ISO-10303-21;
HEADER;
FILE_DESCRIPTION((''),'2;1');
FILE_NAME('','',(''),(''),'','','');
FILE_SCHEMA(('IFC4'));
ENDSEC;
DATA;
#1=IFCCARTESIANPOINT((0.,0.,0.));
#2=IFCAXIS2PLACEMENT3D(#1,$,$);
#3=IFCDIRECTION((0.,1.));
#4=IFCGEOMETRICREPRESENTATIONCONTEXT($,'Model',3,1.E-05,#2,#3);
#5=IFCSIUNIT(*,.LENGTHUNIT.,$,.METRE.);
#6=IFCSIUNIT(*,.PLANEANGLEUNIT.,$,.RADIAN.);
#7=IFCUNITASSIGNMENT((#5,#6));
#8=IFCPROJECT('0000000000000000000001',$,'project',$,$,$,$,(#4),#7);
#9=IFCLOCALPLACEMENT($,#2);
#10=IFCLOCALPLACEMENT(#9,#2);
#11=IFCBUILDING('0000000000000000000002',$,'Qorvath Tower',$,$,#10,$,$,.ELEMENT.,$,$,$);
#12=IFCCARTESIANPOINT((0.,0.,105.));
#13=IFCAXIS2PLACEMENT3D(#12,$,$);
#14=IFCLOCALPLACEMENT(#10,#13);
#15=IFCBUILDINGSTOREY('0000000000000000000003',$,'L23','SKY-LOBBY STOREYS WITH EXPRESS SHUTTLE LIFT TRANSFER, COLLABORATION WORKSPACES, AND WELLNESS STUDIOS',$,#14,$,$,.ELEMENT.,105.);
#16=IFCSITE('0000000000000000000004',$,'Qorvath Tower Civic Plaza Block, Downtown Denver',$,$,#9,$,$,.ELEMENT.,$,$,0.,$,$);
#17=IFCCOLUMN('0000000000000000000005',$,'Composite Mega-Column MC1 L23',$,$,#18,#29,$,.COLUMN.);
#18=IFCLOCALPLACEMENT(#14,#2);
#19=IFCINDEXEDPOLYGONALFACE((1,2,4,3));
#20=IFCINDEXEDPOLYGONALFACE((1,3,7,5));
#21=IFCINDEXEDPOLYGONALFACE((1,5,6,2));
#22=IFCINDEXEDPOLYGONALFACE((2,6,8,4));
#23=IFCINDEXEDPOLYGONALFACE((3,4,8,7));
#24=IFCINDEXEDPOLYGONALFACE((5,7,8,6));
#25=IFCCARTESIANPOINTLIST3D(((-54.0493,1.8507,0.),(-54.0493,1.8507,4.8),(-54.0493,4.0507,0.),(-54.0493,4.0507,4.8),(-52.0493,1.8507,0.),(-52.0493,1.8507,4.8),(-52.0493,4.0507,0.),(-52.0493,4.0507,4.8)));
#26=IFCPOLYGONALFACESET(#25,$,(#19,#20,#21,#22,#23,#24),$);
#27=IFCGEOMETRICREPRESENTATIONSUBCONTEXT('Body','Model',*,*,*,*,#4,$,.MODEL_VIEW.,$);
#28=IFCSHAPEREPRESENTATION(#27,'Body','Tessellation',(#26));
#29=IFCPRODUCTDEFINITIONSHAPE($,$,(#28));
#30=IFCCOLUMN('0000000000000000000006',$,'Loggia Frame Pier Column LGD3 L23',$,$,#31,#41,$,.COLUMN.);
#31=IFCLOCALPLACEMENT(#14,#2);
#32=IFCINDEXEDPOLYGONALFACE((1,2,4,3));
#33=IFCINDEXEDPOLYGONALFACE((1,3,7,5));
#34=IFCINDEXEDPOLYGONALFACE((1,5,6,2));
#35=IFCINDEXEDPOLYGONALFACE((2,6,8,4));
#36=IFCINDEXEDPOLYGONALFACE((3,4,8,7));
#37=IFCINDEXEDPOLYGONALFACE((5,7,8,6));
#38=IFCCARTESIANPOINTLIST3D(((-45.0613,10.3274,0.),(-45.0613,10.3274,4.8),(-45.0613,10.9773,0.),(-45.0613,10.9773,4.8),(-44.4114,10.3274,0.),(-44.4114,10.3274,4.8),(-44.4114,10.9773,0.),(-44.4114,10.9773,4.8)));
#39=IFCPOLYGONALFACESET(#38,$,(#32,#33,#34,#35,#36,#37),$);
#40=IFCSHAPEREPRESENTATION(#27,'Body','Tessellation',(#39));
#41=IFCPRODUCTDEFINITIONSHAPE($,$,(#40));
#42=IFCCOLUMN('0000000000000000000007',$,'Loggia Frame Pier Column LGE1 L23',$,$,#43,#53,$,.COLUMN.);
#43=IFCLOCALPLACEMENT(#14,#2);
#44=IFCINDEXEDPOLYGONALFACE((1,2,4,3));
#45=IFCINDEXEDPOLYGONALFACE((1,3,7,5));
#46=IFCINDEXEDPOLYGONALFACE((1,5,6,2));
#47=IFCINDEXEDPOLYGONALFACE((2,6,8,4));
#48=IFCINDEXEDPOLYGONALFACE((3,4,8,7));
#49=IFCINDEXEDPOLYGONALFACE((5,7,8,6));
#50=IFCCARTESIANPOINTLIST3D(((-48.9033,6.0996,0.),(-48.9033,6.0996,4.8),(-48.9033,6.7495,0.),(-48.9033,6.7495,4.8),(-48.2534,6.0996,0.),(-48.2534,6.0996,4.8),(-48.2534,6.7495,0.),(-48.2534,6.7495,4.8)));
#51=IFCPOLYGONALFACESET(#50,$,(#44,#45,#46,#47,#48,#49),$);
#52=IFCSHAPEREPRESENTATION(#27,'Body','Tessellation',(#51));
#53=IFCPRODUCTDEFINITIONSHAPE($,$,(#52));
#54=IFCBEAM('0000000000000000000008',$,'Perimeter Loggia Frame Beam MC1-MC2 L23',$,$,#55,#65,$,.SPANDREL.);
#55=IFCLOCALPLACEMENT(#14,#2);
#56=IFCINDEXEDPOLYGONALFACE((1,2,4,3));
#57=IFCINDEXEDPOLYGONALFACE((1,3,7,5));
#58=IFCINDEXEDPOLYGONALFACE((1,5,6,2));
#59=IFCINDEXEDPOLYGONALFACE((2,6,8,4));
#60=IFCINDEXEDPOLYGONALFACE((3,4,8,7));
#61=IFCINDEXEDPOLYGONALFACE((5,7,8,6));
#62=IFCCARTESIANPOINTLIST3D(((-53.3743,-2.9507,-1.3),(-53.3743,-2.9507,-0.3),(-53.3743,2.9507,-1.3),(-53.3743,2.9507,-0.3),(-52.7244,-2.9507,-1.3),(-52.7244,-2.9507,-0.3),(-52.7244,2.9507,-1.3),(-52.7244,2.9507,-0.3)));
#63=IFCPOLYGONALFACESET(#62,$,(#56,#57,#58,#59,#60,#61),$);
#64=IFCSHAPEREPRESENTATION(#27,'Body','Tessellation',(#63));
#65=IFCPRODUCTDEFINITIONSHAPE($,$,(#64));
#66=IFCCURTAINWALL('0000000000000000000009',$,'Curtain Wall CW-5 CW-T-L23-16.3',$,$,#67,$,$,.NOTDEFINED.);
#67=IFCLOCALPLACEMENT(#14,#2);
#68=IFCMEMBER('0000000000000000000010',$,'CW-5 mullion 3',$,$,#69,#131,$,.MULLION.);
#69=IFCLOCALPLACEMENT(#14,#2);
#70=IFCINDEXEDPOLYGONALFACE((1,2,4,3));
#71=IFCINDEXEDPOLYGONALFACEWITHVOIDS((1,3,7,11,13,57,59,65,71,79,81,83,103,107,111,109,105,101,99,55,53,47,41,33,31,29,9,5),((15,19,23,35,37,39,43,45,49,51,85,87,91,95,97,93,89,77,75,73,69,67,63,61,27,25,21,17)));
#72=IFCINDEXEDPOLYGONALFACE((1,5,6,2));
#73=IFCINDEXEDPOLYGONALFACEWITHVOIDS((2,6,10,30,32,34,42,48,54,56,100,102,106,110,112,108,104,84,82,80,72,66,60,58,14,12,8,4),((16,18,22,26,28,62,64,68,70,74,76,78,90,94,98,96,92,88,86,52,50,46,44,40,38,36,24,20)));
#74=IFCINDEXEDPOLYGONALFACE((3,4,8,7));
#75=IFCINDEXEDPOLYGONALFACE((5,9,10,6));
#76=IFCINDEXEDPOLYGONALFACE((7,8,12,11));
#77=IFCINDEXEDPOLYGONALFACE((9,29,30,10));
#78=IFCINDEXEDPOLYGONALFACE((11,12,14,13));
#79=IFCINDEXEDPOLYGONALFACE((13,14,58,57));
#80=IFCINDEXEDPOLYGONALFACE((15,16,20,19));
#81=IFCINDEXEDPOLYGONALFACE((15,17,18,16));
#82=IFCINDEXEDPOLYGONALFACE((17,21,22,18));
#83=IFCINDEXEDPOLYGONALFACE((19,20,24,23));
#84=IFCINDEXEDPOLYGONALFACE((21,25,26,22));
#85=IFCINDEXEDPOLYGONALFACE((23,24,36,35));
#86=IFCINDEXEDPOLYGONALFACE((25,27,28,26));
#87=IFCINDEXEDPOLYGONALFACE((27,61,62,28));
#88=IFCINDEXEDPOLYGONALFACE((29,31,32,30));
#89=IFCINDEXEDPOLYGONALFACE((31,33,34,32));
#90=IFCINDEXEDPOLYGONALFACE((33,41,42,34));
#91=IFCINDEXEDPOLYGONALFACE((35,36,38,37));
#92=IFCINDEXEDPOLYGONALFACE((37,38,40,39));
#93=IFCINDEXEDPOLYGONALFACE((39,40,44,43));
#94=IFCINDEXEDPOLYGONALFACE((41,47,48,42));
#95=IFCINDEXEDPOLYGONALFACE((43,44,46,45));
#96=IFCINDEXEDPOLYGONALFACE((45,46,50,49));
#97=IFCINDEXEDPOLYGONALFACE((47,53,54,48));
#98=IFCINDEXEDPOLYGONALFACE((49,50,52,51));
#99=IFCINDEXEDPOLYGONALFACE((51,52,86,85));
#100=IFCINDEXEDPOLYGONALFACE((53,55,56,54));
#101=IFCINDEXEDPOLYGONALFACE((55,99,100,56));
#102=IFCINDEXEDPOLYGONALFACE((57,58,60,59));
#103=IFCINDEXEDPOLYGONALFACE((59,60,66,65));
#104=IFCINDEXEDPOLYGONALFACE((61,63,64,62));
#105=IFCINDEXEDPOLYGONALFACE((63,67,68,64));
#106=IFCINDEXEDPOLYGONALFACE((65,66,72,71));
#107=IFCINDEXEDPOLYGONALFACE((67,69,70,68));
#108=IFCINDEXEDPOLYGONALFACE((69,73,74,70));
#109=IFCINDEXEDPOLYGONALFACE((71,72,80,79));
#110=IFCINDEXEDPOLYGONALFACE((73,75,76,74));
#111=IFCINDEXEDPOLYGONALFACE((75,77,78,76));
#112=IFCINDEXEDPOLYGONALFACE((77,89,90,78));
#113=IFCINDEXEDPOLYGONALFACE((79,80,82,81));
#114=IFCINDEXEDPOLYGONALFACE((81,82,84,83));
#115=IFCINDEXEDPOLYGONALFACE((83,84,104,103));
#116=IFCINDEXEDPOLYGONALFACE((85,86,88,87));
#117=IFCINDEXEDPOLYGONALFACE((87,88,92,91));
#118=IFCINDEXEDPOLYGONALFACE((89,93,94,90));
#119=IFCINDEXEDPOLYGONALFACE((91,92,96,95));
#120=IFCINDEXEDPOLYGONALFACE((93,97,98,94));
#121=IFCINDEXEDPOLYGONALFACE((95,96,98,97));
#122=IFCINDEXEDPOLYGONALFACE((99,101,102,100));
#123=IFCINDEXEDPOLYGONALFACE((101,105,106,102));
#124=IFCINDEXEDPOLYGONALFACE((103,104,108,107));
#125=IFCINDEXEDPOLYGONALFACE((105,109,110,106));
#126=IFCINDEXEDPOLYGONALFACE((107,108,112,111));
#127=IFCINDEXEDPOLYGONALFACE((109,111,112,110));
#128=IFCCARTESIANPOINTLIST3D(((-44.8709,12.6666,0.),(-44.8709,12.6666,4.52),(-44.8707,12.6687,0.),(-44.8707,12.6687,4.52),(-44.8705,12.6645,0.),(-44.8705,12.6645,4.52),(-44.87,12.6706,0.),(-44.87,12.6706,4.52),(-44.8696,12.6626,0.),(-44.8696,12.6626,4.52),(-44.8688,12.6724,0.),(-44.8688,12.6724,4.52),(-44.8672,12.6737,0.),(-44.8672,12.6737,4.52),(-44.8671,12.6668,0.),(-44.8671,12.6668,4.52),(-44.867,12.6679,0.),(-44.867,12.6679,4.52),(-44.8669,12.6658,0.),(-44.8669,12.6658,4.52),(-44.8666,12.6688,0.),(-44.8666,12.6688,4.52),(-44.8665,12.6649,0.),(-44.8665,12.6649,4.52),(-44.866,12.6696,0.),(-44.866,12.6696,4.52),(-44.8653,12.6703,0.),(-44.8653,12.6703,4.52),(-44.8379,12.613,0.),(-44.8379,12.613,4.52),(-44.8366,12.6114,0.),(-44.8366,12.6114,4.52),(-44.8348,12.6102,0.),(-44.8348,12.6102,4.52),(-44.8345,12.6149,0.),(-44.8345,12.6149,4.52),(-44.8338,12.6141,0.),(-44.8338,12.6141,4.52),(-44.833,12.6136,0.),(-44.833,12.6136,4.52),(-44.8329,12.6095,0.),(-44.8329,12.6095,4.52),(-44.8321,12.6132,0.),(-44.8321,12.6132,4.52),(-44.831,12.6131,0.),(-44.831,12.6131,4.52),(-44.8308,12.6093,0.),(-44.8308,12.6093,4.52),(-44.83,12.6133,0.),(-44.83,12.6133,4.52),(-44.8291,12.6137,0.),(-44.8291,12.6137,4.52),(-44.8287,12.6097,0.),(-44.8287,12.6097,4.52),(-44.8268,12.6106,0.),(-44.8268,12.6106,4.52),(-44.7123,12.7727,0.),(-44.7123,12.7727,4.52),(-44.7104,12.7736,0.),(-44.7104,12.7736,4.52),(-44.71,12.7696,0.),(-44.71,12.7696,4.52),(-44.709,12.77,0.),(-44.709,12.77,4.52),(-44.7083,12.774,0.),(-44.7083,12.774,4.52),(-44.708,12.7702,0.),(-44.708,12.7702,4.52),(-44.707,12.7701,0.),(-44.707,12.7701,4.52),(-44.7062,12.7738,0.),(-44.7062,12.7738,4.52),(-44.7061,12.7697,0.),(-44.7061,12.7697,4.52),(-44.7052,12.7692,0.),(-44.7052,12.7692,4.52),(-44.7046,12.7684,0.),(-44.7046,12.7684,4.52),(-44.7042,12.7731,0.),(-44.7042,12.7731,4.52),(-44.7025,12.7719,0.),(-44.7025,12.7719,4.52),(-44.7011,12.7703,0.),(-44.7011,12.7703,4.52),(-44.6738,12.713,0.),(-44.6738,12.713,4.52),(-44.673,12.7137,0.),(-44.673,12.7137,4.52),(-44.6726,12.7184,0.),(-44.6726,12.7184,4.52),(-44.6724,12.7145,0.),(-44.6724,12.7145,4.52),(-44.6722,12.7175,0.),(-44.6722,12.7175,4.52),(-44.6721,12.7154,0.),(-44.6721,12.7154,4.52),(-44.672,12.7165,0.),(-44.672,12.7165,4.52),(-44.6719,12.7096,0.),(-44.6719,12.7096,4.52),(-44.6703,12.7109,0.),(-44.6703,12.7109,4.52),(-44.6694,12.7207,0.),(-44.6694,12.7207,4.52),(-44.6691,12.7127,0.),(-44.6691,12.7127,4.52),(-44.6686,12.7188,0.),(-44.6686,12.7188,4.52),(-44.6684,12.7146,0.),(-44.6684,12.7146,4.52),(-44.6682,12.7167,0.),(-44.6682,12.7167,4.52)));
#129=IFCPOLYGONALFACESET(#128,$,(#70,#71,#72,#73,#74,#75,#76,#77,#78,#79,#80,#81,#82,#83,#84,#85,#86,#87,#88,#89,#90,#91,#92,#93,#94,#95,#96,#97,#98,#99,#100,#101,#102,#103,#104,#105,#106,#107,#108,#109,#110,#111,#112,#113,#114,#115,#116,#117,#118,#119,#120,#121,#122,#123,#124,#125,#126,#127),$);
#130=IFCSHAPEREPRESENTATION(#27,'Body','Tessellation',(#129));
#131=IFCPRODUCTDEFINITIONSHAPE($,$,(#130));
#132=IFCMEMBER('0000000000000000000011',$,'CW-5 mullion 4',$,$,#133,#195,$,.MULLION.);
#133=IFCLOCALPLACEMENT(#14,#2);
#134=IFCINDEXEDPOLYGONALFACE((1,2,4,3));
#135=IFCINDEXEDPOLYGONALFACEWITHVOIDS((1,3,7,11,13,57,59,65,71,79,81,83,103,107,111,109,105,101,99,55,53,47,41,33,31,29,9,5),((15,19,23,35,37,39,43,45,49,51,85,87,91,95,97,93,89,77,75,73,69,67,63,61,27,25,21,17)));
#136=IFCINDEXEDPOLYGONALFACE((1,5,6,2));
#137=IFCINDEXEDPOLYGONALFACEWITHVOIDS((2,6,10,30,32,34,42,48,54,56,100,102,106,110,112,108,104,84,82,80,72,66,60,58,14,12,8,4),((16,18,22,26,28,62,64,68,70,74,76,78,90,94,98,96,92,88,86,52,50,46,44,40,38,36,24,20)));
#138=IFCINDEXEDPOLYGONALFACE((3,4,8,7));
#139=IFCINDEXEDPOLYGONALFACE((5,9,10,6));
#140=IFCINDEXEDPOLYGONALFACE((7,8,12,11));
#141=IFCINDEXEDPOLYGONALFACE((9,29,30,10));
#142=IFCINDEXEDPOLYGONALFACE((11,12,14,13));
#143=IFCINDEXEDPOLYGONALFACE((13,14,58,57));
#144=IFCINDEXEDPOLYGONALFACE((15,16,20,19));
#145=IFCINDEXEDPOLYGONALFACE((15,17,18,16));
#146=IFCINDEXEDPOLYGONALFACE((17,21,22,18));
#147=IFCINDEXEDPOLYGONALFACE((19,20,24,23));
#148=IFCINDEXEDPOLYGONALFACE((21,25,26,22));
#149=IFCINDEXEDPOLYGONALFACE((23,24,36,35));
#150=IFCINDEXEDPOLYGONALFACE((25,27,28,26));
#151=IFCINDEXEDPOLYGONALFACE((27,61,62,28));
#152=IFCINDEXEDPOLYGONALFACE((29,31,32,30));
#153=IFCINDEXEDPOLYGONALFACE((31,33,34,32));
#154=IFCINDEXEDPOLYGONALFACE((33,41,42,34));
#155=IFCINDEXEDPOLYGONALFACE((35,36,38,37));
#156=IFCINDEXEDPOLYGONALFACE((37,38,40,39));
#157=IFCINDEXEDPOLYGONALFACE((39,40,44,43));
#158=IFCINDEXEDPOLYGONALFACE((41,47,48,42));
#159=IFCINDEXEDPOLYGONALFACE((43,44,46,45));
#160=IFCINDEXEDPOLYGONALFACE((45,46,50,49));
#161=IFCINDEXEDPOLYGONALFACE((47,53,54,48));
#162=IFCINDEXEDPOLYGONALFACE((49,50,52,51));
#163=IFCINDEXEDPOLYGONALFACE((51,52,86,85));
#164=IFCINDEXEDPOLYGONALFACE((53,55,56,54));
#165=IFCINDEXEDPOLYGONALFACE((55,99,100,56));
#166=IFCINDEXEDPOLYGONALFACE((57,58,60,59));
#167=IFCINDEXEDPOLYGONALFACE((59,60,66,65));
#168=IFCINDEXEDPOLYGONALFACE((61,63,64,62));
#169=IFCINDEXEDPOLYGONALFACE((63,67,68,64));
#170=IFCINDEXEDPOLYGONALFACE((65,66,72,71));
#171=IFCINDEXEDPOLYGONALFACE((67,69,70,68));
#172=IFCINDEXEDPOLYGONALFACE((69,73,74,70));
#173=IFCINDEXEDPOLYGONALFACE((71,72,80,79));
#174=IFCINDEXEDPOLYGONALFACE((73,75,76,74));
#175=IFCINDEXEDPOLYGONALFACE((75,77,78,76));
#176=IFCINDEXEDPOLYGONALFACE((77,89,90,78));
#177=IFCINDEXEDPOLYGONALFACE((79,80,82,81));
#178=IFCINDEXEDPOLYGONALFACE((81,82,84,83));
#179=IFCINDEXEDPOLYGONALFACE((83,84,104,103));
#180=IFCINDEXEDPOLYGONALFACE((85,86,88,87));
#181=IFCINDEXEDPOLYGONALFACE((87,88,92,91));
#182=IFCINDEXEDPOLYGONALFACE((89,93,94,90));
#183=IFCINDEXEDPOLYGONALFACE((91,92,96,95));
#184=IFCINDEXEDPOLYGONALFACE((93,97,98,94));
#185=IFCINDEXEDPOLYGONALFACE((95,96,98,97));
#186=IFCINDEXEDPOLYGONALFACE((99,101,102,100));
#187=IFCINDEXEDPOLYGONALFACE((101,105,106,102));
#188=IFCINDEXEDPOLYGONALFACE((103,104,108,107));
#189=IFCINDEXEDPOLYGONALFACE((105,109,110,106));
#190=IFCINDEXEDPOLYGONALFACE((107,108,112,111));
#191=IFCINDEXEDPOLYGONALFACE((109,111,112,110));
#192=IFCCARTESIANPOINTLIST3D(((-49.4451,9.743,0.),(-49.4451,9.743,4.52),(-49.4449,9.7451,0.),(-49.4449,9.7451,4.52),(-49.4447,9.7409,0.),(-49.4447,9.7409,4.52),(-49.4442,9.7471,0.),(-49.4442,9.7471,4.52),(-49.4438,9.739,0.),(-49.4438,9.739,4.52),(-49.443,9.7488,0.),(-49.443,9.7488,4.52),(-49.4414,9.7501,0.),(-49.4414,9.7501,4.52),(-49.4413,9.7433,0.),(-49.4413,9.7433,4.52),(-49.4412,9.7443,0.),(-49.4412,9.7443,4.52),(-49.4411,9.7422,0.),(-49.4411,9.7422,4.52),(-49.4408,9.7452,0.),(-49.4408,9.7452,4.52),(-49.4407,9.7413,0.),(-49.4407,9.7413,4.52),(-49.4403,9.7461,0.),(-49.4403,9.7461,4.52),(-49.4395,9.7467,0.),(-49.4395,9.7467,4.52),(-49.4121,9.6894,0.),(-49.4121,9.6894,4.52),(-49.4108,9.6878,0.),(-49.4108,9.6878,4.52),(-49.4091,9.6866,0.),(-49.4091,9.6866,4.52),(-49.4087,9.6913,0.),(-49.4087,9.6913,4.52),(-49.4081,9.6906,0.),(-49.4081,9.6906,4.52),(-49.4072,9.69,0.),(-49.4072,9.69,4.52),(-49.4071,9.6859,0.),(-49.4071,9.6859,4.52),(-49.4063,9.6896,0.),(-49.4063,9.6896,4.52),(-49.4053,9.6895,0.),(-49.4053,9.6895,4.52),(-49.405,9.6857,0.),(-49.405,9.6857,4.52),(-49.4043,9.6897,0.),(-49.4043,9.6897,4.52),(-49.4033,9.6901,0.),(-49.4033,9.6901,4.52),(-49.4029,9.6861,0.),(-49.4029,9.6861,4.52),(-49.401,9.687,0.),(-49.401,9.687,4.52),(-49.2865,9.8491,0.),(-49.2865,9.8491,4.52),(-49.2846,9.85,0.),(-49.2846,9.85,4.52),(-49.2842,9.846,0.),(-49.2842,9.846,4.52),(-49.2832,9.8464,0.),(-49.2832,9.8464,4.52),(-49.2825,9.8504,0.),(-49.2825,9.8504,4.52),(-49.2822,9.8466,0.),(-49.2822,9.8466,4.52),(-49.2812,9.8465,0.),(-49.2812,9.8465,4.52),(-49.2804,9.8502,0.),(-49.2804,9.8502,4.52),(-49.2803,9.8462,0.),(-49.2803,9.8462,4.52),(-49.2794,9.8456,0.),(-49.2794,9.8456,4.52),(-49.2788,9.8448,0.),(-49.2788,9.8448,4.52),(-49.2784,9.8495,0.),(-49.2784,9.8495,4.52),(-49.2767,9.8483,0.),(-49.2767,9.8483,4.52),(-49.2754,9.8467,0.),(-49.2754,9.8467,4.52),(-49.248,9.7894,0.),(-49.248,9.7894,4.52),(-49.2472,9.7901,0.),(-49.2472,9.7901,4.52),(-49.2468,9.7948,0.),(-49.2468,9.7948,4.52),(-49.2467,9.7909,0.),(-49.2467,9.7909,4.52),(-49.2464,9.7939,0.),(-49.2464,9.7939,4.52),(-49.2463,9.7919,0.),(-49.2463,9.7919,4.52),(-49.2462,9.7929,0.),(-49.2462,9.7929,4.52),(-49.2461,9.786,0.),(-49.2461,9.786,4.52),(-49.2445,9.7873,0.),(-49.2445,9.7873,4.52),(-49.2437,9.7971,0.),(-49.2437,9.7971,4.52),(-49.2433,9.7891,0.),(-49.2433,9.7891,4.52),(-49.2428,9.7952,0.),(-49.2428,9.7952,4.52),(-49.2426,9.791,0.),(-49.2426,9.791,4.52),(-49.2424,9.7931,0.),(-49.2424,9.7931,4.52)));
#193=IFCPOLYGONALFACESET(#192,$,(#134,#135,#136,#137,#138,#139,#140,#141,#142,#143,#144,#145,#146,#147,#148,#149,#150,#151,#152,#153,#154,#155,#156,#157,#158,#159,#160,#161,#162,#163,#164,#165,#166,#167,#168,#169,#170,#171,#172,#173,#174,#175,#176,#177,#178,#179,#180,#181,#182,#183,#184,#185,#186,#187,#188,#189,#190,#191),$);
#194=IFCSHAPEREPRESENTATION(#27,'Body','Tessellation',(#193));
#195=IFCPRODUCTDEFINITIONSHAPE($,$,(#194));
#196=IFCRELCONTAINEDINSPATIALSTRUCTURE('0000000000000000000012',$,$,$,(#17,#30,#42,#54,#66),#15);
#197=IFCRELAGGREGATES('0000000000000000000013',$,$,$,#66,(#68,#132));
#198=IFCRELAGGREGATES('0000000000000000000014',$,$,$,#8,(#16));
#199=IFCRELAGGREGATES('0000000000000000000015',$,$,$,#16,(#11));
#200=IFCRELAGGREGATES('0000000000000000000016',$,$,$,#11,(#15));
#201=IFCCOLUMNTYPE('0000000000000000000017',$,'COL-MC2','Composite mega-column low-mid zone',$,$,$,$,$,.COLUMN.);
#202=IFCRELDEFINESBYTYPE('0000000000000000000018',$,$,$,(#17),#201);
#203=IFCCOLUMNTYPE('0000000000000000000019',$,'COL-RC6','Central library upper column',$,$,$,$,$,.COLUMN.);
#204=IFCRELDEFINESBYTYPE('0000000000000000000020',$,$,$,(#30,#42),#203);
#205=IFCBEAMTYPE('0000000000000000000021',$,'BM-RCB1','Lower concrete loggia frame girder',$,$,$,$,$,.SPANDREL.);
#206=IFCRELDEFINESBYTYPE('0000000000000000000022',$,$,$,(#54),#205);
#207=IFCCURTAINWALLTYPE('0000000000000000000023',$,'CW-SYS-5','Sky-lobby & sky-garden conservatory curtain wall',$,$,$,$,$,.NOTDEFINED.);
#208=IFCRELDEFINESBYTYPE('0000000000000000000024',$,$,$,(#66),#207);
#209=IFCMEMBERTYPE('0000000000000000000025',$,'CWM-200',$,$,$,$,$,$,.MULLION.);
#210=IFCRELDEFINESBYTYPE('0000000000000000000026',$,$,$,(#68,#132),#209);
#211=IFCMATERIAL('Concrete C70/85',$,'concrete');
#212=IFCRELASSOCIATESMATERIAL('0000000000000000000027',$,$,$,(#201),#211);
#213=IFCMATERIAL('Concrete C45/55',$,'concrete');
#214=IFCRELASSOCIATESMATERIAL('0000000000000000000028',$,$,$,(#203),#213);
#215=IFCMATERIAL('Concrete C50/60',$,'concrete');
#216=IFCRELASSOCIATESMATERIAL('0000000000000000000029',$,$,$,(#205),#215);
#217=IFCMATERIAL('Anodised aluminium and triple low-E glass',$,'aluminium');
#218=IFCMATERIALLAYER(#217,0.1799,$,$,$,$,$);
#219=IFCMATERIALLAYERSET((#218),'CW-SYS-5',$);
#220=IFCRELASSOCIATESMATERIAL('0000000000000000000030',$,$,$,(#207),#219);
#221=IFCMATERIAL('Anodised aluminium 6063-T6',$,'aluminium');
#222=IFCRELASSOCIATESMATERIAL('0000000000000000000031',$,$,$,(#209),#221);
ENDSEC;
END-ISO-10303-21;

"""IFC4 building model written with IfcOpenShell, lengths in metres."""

from ifc_helpers import new_model, si_unit, direction, frame, origin, origin_2d, place, context, subcontext, project, spatial, rectangle, hollow_rectangle, extrude, material, layer, layer_set, material_profile, profile_set, type_object, element, aggregate, save


model = new_model("IFC4")

# Units and contexts
model_context = context("Model", 3, precision=1e-05, world=origin(), true_north=direction((0.0, 1.0)))
body_context = subcontext(model_context, "Body", "Model", "MODEL_VIEW")
ifc_project = project(units=[si_unit("LENGTHUNIT", "METRE"), si_unit("PLANEANGLEUNIT", "RADIAN")], contexts=[model_context])

# Site, building, storey
site_placement = place(None, origin())
site = spatial("IfcSite", under=ifc_project, at=site_placement, Name="Qorvath Tower Civic Plaza Block, Downtown Denver", CompositionType="ELEMENT", RefElevation=0.0)
building_placement = place(site_placement, origin())
building = spatial("IfcBuilding", under=site, at=building_placement, Name="Qorvath Tower", CompositionType="ELEMENT")
storey_placement = place(building_placement, frame((0.0, 0.0, 105.0)))
storey = spatial("IfcBuildingStorey", under=building, at=storey_placement, Name="L23", Description="SKY-LOBBY STOREYS WITH EXPRESS SHUTTLE LIFT TRANSFER, COLLABORATION WORKSPACES, AND WELLNESS STUDIOS", CompositionType="ELEMENT", Elevation=105.0)

# Columns
ifc_material_1 = material(Name="Concrete C70/85", Category="concrete")
ifc_material_profile_1 = material_profile(ifc_material_1, rectangle(XDim=2.0, YDim=2.2, at=origin_2d()), Name="MC 2200x2000")
ifc_profile_set_1 = profile_set([ifc_material_profile_1], Name="Concrete C70/85")
column_type_1 = type_object("IfcColumnType", Name="COL-MC2", Description="Composite mega-column low-mid zone", PredefinedType="COLUMN", material=ifc_profile_set_1)
column_placement = place(storey_placement, frame((-53.0493, 2.9507, 0.0), z_axis=(0.0, 0.0, 1.0), x_axis=(1.0, 0.0, 0.0)))
element("IfcColumn", 1, at=column_placement, inside=storey, type_object=column_type_1, Name="Composite Mega-Column MC1 L23", PredefinedType="COLUMN", context=body_context, shape_type="SweptSolid", body=[
    extrude(rectangle(XDim=2.0, YDim=2.2, at=origin_2d()), origin(), (0.0, 0.0, 1.0), 4.8),
])
ifc_material_2 = material(Name="Concrete C45/55", Category="concrete")
ifc_material_profile_2 = material_profile(ifc_material_2, rectangle(XDim=0.6499, YDim=0.6499, at=origin_2d()), Name="RC 650x650")
ifc_profile_set_2 = profile_set([ifc_material_profile_2], Name="Concrete C45/55")
column_type_2 = type_object("IfcColumnType", Name="COL-RC6", Description="Central library upper column", PredefinedType="COLUMN", material=ifc_profile_set_2)
for number, where, z_axis, x_axis, name in (
    (2, (-44.7363, 10.6523, 0.0), (0.0, 0.0, 1.0), (1.0, 0.0, 0.0), "Loggia Frame Pier Column LGD3 L23"),
    (3, (-48.5784, 6.4246, 0.0), (0.0, 0.0, 1.0), (1.0, 0.0, 0.0), "Loggia Frame Pier Column LGE1 L23"),
):
    element("IfcColumn", number, at=place(storey_placement, frame(where, z_axis=z_axis, x_axis=x_axis)), inside=storey, type_object=column_type_2, Name=name, PredefinedType="COLUMN", context=body_context, shape_type="SweptSolid", body=[
        extrude(rectangle(XDim=0.6499, YDim=0.6499, at=origin_2d()), origin(), (0.0, 0.0, 1.0), 4.8),
    ])

# Beam
ifc_material_3 = material(Name="Concrete C50/60", Category="concrete")
ifc_material_profile_3 = material_profile(ifc_material_3, rectangle(XDim=0.6499, YDim=1.0, at=origin_2d()), Name="RCB 1000x650")
ifc_profile_set_3 = profile_set([ifc_material_profile_3], Name="Concrete C50/60")
beam_type = type_object("IfcBeamType", Name="BM-RCB1", Description="Lower concrete loggia frame girder", PredefinedType="SPANDREL", material=ifc_profile_set_3)
beam_placement = place(storey_placement, frame((-53.0493, 2.9507, -0.8), z_axis=(0.0, -1.0, 0.0), x_axis=(1.0, 0.0, 0.0)))
element("IfcBeam", 4, at=beam_placement, inside=storey, type_object=beam_type, Name="Perimeter Loggia Frame Beam MC1-MC2 L23", PredefinedType="SPANDREL", context=body_context, shape_type="SweptSolid", body=[
    extrude(rectangle(XDim=0.6499, YDim=1.0, at=origin_2d()), origin(), (0.0, 0.0, 1.0), 5.9014),
])

# Curtain wall, members
ifc_material_4 = material(Name="Anodised aluminium and triple low-E glass", Category="aluminium")
ifc_layer_1 = layer(ifc_material_4, 0.1799)
ifc_layer_set_1 = layer_set([ifc_layer_1], Name="CW-SYS-5")
curtain_wall_type = type_object("IfcCurtainWallType", Name="CW-SYS-5", Description="Sky-lobby & sky-garden conservatory curtain wall", PredefinedType="NOTDEFINED", material=ifc_layer_set_1)
curtain_wall_placement = place(storey_placement, origin())
curtain_wall = element("IfcCurtainWall", 5, at=curtain_wall_placement, inside=storey, type_object=curtain_wall_type, Name="Curtain Wall CW-5 CW-T-L23-16.3", PredefinedType="NOTDEFINED")
ifc_material_5 = material(Name="Anodised aluminium 6063-T6", Category="aluminium")
ifc_material_profile_4 = material_profile(ifc_material_5, hollow_rectangle(XDim=0.075, YDim=0.2, WallThickness=0.0039, InnerFilletRadius=0.0039, OuterFilletRadius=0.0081, at=origin_2d()), Name="CWM 200x75")
ifc_profile_set_4 = profile_set([ifc_material_profile_4], Name="Anodised aluminium 6063-T6")
member_type_1 = type_object("IfcMemberType", Name="CWM-200", PredefinedType="MULLION", material=ifc_profile_set_4)
member_1_placement = place(storey_placement, frame((-44.7695, 12.6917, 0.0), z_axis=(0.0, 0.0, 1.0), x_axis=(0.538532, -0.842605, 0.0)))
member_1 = element("IfcMember", 6, at=member_1_placement, type_object=member_type_1, Name="CW-5 mullion 3", PredefinedType="MULLION", context=body_context, shape_type="SweptSolid", body=[
    extrude(hollow_rectangle(XDim=0.075, YDim=0.2, WallThickness=0.0039, InnerFilletRadius=0.0039, OuterFilletRadius=0.0081, at=origin_2d()), origin(), (0.0, 0.0, 1.0), 4.52),
])
member_2_placement = place(storey_placement, frame((-49.3438, 9.7681, 0.0), z_axis=(0.0, 0.0, 1.0), x_axis=(0.538532, -0.842605, 0.0)))
member_2 = element("IfcMember", 7, at=member_2_placement, type_object=member_type_1, Name="CW-5 mullion 4", PredefinedType="MULLION", context=body_context, shape_type="SweptSolid", body=[
    extrude(hollow_rectangle(XDim=0.075, YDim=0.2, WallThickness=0.0039, InnerFilletRadius=0.0039, OuterFilletRadius=0.0081, at=origin_2d()), origin(), (0.0, 0.0, 1.0), 4.52),
])
aggregate(curtain_wall, [member_1, member_2])

save(model, "model.ifc")
